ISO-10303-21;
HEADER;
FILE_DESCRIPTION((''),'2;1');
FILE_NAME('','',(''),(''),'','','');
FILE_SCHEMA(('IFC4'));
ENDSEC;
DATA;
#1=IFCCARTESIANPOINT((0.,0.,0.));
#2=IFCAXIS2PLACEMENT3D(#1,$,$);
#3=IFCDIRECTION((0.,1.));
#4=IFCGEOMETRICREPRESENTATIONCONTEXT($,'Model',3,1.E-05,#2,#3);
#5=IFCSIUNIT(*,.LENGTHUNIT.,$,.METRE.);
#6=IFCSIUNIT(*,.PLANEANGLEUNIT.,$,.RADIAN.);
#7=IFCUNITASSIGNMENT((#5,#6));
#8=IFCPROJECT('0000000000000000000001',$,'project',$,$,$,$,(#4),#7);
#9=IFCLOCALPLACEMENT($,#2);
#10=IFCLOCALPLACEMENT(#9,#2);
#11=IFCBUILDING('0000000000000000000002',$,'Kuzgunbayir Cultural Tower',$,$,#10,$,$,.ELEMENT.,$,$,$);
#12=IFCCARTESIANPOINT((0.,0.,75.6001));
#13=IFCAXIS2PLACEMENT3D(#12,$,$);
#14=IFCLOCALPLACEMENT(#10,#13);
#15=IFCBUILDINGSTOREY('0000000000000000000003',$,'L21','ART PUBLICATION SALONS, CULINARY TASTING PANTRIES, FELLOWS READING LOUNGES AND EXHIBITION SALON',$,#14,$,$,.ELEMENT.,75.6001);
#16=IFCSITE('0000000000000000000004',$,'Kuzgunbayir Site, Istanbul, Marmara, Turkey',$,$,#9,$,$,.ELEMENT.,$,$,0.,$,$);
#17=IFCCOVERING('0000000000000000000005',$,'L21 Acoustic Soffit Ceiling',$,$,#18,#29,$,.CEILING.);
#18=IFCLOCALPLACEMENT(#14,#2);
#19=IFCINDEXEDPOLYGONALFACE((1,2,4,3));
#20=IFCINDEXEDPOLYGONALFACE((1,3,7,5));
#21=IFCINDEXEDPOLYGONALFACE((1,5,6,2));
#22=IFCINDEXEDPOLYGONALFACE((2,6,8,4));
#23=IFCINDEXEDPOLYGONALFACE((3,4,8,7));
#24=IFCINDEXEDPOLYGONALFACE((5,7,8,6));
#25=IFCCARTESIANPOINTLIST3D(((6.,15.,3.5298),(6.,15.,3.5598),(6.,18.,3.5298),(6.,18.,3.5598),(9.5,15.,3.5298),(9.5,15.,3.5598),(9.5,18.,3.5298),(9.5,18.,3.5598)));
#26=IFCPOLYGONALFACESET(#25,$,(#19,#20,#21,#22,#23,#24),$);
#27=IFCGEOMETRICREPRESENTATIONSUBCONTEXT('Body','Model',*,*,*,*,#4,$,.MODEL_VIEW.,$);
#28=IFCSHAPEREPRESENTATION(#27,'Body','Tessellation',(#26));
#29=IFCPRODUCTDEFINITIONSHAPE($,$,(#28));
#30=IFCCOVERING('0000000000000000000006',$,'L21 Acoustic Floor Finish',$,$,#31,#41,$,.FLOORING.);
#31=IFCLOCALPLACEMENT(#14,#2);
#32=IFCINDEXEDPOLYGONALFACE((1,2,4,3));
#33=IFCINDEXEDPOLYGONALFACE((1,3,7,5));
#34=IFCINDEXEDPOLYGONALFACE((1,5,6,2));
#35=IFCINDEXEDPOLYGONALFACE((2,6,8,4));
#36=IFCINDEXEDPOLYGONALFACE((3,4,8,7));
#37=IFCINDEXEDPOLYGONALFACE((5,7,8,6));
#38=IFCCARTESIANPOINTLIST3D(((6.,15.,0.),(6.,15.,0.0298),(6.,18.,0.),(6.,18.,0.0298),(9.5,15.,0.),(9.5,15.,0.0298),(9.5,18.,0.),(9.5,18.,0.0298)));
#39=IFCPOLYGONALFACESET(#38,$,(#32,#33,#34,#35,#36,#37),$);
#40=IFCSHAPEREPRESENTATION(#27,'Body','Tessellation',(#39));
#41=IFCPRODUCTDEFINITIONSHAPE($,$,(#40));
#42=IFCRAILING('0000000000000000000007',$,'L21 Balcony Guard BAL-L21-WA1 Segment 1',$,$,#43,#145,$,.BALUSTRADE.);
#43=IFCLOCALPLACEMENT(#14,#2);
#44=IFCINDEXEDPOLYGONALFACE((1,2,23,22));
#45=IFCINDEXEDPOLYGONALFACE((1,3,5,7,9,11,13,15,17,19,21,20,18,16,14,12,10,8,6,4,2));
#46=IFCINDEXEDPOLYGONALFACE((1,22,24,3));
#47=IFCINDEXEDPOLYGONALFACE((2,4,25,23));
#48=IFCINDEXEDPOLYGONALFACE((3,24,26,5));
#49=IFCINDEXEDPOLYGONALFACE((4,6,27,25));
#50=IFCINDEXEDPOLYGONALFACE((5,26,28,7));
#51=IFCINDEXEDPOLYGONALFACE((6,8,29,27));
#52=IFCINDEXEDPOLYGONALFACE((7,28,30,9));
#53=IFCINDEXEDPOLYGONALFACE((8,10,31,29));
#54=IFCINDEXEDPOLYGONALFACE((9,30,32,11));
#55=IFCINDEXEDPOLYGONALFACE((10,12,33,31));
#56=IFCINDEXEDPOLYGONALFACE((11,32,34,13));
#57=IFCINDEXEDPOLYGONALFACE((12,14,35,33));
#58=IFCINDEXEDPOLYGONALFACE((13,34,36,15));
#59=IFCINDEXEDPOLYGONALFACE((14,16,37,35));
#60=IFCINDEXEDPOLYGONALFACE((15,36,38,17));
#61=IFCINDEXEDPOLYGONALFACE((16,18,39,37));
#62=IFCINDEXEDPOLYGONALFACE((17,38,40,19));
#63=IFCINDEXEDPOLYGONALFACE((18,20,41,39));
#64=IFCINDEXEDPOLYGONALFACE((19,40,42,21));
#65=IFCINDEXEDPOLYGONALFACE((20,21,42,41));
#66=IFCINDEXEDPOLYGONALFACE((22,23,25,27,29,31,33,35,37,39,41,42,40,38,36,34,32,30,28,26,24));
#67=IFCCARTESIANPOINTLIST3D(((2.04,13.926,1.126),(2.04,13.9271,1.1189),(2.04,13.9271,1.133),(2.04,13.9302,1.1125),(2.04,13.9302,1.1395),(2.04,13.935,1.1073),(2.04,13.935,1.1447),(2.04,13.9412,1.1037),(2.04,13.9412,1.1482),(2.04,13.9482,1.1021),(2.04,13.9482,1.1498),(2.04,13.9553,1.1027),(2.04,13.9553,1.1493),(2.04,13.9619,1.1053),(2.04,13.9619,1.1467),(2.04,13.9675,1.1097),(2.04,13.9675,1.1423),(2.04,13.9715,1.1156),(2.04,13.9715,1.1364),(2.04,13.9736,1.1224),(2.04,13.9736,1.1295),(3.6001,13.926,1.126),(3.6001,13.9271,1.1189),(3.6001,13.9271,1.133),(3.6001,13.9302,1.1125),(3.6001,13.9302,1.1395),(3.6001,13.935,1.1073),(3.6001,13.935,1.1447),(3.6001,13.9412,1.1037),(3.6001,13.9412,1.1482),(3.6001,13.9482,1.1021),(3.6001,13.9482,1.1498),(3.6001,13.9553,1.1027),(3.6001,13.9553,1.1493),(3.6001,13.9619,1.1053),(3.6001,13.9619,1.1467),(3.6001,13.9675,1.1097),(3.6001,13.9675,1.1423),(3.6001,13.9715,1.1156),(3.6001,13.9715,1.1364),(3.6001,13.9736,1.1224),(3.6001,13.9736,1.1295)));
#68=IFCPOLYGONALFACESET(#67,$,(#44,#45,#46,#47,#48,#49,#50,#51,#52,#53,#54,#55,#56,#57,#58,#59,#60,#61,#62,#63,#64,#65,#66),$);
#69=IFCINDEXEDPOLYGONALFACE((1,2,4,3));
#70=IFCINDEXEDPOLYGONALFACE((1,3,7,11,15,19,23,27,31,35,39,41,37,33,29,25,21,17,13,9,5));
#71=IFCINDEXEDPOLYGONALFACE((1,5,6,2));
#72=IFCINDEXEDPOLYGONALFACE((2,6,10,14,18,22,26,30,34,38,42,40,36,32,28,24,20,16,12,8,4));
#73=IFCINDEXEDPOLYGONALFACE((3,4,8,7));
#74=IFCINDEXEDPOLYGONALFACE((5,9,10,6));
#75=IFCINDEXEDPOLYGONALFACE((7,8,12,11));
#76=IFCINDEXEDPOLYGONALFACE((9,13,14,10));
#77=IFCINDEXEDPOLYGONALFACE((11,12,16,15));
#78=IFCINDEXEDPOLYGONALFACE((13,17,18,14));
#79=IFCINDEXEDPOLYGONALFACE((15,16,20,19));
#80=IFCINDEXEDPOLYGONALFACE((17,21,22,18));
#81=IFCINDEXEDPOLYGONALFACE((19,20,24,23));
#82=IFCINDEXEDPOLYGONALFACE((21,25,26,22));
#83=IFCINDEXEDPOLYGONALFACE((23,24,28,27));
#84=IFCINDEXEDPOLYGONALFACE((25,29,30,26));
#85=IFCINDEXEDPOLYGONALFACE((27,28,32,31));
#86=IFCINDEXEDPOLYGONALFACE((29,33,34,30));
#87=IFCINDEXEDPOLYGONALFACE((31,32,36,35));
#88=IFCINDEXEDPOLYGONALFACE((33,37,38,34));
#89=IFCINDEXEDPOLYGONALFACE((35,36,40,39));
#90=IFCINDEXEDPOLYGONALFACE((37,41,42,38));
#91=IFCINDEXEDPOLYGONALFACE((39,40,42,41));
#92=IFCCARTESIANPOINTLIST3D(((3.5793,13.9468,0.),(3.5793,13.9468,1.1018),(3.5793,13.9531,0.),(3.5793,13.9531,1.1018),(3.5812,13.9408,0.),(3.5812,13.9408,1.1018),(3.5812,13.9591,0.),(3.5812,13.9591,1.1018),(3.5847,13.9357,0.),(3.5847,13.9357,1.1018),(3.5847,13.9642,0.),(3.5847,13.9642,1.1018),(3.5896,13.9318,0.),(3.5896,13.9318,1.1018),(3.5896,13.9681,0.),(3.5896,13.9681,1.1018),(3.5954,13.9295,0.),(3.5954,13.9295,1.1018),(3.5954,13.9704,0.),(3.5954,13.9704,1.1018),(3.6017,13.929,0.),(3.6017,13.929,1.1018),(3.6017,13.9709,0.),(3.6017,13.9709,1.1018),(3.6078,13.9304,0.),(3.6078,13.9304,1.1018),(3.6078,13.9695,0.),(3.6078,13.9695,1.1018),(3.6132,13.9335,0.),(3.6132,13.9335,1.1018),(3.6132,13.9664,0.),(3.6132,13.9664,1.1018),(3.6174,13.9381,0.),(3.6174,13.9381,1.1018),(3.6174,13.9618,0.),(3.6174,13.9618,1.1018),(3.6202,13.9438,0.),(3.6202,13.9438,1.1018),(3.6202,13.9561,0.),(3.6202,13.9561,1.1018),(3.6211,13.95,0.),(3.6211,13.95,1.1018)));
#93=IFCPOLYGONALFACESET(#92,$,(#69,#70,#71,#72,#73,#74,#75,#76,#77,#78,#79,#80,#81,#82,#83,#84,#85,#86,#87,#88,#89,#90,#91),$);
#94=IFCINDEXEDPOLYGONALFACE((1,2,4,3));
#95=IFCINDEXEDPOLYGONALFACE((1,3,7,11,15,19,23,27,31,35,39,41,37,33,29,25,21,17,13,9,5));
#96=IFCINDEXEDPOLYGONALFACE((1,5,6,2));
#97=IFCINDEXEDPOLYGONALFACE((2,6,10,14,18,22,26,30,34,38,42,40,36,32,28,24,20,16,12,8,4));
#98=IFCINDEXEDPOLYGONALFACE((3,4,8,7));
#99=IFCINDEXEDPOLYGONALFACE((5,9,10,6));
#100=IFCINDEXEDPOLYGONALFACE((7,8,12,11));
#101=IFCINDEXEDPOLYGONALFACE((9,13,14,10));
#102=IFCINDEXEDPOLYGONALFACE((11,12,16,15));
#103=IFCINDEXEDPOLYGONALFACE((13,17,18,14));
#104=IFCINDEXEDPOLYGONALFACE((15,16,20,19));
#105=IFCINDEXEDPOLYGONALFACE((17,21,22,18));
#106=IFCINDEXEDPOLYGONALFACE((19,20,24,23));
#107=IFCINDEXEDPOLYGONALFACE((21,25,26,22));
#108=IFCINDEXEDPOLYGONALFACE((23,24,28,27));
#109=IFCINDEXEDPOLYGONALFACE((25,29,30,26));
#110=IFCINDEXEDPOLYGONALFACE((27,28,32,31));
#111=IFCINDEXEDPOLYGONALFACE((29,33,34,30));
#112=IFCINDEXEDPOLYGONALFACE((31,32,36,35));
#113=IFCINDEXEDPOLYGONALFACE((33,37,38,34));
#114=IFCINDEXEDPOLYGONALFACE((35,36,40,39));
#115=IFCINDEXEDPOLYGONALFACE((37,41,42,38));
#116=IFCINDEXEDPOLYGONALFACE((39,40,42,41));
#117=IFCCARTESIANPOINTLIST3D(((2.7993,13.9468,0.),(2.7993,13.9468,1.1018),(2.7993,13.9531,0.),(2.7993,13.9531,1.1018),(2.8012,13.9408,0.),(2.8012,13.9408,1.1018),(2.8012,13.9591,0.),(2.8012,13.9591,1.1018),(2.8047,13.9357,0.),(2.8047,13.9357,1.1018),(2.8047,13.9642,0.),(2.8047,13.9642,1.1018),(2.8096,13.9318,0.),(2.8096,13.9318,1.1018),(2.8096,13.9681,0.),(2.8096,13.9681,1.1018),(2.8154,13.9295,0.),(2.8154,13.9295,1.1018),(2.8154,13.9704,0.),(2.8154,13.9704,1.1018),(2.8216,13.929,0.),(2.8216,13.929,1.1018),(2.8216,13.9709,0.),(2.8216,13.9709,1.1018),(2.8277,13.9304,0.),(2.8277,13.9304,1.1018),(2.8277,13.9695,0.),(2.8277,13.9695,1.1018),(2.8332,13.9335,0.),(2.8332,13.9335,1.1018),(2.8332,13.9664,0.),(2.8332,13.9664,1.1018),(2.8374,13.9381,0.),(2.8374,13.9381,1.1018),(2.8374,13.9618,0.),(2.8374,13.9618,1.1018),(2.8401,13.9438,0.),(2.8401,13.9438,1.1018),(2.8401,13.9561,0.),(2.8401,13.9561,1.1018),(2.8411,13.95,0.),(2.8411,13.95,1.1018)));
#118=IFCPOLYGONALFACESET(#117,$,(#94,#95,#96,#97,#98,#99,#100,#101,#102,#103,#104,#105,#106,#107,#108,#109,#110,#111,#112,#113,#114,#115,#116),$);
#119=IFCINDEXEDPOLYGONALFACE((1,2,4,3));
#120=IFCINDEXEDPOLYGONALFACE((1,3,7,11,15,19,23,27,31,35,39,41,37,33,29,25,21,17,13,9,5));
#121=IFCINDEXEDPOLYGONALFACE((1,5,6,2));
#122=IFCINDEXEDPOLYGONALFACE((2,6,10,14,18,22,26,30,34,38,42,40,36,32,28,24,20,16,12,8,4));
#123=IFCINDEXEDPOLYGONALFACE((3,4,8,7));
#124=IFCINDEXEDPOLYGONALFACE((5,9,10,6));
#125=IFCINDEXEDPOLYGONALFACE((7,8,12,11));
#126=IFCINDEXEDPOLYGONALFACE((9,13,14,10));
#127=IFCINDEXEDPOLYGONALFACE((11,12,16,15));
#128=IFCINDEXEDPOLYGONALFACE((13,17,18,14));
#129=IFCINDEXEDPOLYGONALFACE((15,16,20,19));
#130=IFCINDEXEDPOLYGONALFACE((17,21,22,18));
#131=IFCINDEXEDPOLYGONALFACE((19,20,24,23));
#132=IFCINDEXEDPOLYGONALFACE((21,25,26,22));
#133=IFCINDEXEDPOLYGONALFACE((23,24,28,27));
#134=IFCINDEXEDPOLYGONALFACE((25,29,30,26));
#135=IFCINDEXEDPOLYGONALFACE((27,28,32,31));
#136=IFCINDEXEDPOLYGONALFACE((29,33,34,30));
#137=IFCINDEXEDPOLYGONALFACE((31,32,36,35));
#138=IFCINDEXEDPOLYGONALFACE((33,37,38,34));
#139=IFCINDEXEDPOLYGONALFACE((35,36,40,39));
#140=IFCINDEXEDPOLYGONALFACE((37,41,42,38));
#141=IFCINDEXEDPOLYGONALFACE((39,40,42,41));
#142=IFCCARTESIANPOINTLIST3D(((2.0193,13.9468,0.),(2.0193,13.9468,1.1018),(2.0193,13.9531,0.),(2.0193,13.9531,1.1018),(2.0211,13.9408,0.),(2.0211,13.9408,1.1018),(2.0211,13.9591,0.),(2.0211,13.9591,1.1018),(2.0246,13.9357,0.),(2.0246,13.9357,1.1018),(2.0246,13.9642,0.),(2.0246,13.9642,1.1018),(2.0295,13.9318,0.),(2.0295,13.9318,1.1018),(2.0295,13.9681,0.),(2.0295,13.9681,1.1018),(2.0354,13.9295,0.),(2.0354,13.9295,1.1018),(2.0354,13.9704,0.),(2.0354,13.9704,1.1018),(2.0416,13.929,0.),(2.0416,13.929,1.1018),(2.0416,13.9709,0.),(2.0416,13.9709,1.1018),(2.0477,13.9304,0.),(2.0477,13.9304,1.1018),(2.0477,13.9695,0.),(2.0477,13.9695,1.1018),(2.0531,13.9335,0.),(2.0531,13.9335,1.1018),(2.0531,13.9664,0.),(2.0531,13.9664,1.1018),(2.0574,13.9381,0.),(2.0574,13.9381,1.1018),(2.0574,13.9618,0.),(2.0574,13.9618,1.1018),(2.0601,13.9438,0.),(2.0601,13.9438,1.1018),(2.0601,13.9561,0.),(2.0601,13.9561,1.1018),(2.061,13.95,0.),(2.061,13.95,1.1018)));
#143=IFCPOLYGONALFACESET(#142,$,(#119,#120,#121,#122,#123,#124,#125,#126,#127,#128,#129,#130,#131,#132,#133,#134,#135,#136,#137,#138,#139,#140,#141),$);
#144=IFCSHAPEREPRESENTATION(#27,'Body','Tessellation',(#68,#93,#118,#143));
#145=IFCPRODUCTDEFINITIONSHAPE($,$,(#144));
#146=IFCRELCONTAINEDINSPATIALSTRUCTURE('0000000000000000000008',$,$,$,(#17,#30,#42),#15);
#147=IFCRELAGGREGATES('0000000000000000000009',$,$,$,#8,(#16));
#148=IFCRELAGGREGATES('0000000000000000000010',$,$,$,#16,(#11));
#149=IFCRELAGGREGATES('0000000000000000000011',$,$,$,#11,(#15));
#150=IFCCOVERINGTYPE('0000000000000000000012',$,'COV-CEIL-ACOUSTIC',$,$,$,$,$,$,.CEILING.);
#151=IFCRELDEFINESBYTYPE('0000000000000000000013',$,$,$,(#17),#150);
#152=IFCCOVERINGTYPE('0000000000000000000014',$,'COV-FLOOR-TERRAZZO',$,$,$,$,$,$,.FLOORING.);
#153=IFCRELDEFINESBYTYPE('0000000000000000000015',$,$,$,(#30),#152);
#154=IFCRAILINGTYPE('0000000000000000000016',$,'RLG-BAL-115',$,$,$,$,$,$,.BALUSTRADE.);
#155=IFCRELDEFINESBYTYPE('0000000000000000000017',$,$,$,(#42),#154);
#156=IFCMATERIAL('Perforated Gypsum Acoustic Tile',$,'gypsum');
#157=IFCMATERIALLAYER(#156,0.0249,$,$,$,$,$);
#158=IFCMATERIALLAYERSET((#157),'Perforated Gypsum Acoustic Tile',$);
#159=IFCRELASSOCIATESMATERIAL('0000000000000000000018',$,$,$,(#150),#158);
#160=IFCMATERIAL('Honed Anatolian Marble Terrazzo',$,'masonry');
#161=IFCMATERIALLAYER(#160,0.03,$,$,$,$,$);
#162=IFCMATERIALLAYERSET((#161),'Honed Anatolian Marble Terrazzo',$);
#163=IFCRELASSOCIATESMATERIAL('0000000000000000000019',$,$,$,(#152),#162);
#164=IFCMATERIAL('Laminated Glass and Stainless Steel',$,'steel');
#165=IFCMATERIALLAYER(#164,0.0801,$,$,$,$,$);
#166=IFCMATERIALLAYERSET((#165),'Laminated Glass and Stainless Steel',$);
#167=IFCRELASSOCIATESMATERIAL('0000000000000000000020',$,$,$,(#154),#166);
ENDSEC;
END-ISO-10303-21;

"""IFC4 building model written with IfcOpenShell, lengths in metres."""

from ifc_helpers import new_model, si_unit, direction, frame, origin, origin_2d, place, context, subcontext, project, spatial, polyline, circle, outline, extrude, material, layer, layer_set, type_object, element, save


model = new_model("IFC4")

# Units and contexts
model_context = context("Model", 3, precision=1e-05, world=origin(), true_north=direction((0.0, 1.0)))
body_context = subcontext(model_context, "Body", "Model", "MODEL_VIEW")
ifc_project = project(units=[si_unit("LENGTHUNIT", "METRE"), si_unit("PLANEANGLEUNIT", "RADIAN")], contexts=[model_context])

# Site, building, storey
site_placement = place(None, origin())
site = spatial("IfcSite", under=ifc_project, at=site_placement, Name="Kuzgunbayir Site, Istanbul, Marmara, Turkey", CompositionType="ELEMENT", RefElevation=0.0)
building_placement = place(site_placement, origin())
building = spatial("IfcBuilding", under=site, at=building_placement, Name="Kuzgunbayir Cultural Tower", CompositionType="ELEMENT")
storey_placement = place(building_placement, frame((0.0, 0.0, 75.6001)))
storey = spatial("IfcBuildingStorey", under=building, at=storey_placement, Name="L21", Description="ART PUBLICATION SALONS, CULINARY TASTING PANTRIES, FELLOWS READING LOUNGES AND EXHIBITION SALON", CompositionType="ELEMENT", Elevation=75.6001)

# Coverings
ifc_material_1 = material(Name="Perforated Gypsum Acoustic Tile", Category="gypsum")
ifc_layer_1 = layer(ifc_material_1, 0.0249)
ifc_layer_set_1 = layer_set([ifc_layer_1], Name="Perforated Gypsum Acoustic Tile")
covering_type_1 = type_object("IfcCoveringType", Name="COV-CEIL-ACOUSTIC", PredefinedType="CEILING", material=ifc_layer_set_1)
covering_1_placement = place(storey_placement, frame((0.0, 0.0, 3.5298)))
element("IfcCovering", 1, at=covering_1_placement, inside=storey, type_object=covering_type_1, Name="L21 Acoustic Soffit Ceiling", PredefinedType="CEILING", context=body_context, shape_type="SweptSolid", body=[
    extrude(outline(polyline([(6.0, 15.0), (9.5, 15.0), (9.5, 18.0), (6.0, 18.0), (6.0, 15.0)])), origin(), (0.0, 0.0, 1.0), 0.03),
])
ifc_material_2 = material(Name="Honed Anatolian Marble Terrazzo", Category="masonry")
ifc_layer_2 = layer(ifc_material_2, 0.03)
ifc_layer_set_2 = layer_set([ifc_layer_2], Name="Honed Anatolian Marble Terrazzo")
covering_type_2 = type_object("IfcCoveringType", Name="COV-FLOOR-TERRAZZO", PredefinedType="FLOORING", material=ifc_layer_set_2)
covering_2_placement = place(storey_placement, origin())
element("IfcCovering", 2, at=covering_2_placement, inside=storey, type_object=covering_type_2, Name="L21 Acoustic Floor Finish", PredefinedType="FLOORING", context=body_context, shape_type="SweptSolid", body=[
    extrude(outline(polyline([(6.0, 15.0), (9.5, 15.0), (9.5, 18.0), (6.0, 18.0), (6.0, 15.0)])), origin(), (0.0, 0.0, 1.0), 0.0298),
])

# Railing
ifc_material_3 = material(Name="Laminated Glass and Stainless Steel", Category="steel")
ifc_layer_3 = layer(ifc_material_3, 0.0801)
ifc_layer_set_3 = layer_set([ifc_layer_3], Name="Laminated Glass and Stainless Steel")
railing_type = type_object("IfcRailingType", Name="RLG-BAL-115", PredefinedType="BALUSTRADE", material=ifc_layer_set_3)
railing_1_placement = place(storey_placement, frame((3.6001, 13.95, 0.0)))
element("IfcRailing", 3, at=railing_1_placement, inside=storey, type_object=railing_type, Name="L21 Balcony Guard BAL-L21-WA1 Segment 1", PredefinedType="BALUSTRADE", context=body_context, shape_type="SweptSolid", body=[
    extrude(circle(Radius=0.0239, at=origin_2d()), frame((0.0, 0.0, 1.126), z_axis=(-1.0, 0.0, 0.0), x_axis=(0.0, -1.0, 0.0)), (0.0, 0.0, 1.0), 1.5601),
    extrude(circle(Radius=0.021, at=origin_2d()), origin(), (0.0, 0.0, 1.0), 1.1018),
    extrude(circle(Radius=0.021, at=origin_2d()), frame((-0.78, 0.0, 0.0)), (0.0, 0.0, 1.0), 1.1018),
    extrude(circle(Radius=0.021, at=origin_2d()), frame((-1.5601, 0.0, 0.0)), (0.0, 0.0, 1.0), 1.1018),
])

save(model, "model.ifc")
